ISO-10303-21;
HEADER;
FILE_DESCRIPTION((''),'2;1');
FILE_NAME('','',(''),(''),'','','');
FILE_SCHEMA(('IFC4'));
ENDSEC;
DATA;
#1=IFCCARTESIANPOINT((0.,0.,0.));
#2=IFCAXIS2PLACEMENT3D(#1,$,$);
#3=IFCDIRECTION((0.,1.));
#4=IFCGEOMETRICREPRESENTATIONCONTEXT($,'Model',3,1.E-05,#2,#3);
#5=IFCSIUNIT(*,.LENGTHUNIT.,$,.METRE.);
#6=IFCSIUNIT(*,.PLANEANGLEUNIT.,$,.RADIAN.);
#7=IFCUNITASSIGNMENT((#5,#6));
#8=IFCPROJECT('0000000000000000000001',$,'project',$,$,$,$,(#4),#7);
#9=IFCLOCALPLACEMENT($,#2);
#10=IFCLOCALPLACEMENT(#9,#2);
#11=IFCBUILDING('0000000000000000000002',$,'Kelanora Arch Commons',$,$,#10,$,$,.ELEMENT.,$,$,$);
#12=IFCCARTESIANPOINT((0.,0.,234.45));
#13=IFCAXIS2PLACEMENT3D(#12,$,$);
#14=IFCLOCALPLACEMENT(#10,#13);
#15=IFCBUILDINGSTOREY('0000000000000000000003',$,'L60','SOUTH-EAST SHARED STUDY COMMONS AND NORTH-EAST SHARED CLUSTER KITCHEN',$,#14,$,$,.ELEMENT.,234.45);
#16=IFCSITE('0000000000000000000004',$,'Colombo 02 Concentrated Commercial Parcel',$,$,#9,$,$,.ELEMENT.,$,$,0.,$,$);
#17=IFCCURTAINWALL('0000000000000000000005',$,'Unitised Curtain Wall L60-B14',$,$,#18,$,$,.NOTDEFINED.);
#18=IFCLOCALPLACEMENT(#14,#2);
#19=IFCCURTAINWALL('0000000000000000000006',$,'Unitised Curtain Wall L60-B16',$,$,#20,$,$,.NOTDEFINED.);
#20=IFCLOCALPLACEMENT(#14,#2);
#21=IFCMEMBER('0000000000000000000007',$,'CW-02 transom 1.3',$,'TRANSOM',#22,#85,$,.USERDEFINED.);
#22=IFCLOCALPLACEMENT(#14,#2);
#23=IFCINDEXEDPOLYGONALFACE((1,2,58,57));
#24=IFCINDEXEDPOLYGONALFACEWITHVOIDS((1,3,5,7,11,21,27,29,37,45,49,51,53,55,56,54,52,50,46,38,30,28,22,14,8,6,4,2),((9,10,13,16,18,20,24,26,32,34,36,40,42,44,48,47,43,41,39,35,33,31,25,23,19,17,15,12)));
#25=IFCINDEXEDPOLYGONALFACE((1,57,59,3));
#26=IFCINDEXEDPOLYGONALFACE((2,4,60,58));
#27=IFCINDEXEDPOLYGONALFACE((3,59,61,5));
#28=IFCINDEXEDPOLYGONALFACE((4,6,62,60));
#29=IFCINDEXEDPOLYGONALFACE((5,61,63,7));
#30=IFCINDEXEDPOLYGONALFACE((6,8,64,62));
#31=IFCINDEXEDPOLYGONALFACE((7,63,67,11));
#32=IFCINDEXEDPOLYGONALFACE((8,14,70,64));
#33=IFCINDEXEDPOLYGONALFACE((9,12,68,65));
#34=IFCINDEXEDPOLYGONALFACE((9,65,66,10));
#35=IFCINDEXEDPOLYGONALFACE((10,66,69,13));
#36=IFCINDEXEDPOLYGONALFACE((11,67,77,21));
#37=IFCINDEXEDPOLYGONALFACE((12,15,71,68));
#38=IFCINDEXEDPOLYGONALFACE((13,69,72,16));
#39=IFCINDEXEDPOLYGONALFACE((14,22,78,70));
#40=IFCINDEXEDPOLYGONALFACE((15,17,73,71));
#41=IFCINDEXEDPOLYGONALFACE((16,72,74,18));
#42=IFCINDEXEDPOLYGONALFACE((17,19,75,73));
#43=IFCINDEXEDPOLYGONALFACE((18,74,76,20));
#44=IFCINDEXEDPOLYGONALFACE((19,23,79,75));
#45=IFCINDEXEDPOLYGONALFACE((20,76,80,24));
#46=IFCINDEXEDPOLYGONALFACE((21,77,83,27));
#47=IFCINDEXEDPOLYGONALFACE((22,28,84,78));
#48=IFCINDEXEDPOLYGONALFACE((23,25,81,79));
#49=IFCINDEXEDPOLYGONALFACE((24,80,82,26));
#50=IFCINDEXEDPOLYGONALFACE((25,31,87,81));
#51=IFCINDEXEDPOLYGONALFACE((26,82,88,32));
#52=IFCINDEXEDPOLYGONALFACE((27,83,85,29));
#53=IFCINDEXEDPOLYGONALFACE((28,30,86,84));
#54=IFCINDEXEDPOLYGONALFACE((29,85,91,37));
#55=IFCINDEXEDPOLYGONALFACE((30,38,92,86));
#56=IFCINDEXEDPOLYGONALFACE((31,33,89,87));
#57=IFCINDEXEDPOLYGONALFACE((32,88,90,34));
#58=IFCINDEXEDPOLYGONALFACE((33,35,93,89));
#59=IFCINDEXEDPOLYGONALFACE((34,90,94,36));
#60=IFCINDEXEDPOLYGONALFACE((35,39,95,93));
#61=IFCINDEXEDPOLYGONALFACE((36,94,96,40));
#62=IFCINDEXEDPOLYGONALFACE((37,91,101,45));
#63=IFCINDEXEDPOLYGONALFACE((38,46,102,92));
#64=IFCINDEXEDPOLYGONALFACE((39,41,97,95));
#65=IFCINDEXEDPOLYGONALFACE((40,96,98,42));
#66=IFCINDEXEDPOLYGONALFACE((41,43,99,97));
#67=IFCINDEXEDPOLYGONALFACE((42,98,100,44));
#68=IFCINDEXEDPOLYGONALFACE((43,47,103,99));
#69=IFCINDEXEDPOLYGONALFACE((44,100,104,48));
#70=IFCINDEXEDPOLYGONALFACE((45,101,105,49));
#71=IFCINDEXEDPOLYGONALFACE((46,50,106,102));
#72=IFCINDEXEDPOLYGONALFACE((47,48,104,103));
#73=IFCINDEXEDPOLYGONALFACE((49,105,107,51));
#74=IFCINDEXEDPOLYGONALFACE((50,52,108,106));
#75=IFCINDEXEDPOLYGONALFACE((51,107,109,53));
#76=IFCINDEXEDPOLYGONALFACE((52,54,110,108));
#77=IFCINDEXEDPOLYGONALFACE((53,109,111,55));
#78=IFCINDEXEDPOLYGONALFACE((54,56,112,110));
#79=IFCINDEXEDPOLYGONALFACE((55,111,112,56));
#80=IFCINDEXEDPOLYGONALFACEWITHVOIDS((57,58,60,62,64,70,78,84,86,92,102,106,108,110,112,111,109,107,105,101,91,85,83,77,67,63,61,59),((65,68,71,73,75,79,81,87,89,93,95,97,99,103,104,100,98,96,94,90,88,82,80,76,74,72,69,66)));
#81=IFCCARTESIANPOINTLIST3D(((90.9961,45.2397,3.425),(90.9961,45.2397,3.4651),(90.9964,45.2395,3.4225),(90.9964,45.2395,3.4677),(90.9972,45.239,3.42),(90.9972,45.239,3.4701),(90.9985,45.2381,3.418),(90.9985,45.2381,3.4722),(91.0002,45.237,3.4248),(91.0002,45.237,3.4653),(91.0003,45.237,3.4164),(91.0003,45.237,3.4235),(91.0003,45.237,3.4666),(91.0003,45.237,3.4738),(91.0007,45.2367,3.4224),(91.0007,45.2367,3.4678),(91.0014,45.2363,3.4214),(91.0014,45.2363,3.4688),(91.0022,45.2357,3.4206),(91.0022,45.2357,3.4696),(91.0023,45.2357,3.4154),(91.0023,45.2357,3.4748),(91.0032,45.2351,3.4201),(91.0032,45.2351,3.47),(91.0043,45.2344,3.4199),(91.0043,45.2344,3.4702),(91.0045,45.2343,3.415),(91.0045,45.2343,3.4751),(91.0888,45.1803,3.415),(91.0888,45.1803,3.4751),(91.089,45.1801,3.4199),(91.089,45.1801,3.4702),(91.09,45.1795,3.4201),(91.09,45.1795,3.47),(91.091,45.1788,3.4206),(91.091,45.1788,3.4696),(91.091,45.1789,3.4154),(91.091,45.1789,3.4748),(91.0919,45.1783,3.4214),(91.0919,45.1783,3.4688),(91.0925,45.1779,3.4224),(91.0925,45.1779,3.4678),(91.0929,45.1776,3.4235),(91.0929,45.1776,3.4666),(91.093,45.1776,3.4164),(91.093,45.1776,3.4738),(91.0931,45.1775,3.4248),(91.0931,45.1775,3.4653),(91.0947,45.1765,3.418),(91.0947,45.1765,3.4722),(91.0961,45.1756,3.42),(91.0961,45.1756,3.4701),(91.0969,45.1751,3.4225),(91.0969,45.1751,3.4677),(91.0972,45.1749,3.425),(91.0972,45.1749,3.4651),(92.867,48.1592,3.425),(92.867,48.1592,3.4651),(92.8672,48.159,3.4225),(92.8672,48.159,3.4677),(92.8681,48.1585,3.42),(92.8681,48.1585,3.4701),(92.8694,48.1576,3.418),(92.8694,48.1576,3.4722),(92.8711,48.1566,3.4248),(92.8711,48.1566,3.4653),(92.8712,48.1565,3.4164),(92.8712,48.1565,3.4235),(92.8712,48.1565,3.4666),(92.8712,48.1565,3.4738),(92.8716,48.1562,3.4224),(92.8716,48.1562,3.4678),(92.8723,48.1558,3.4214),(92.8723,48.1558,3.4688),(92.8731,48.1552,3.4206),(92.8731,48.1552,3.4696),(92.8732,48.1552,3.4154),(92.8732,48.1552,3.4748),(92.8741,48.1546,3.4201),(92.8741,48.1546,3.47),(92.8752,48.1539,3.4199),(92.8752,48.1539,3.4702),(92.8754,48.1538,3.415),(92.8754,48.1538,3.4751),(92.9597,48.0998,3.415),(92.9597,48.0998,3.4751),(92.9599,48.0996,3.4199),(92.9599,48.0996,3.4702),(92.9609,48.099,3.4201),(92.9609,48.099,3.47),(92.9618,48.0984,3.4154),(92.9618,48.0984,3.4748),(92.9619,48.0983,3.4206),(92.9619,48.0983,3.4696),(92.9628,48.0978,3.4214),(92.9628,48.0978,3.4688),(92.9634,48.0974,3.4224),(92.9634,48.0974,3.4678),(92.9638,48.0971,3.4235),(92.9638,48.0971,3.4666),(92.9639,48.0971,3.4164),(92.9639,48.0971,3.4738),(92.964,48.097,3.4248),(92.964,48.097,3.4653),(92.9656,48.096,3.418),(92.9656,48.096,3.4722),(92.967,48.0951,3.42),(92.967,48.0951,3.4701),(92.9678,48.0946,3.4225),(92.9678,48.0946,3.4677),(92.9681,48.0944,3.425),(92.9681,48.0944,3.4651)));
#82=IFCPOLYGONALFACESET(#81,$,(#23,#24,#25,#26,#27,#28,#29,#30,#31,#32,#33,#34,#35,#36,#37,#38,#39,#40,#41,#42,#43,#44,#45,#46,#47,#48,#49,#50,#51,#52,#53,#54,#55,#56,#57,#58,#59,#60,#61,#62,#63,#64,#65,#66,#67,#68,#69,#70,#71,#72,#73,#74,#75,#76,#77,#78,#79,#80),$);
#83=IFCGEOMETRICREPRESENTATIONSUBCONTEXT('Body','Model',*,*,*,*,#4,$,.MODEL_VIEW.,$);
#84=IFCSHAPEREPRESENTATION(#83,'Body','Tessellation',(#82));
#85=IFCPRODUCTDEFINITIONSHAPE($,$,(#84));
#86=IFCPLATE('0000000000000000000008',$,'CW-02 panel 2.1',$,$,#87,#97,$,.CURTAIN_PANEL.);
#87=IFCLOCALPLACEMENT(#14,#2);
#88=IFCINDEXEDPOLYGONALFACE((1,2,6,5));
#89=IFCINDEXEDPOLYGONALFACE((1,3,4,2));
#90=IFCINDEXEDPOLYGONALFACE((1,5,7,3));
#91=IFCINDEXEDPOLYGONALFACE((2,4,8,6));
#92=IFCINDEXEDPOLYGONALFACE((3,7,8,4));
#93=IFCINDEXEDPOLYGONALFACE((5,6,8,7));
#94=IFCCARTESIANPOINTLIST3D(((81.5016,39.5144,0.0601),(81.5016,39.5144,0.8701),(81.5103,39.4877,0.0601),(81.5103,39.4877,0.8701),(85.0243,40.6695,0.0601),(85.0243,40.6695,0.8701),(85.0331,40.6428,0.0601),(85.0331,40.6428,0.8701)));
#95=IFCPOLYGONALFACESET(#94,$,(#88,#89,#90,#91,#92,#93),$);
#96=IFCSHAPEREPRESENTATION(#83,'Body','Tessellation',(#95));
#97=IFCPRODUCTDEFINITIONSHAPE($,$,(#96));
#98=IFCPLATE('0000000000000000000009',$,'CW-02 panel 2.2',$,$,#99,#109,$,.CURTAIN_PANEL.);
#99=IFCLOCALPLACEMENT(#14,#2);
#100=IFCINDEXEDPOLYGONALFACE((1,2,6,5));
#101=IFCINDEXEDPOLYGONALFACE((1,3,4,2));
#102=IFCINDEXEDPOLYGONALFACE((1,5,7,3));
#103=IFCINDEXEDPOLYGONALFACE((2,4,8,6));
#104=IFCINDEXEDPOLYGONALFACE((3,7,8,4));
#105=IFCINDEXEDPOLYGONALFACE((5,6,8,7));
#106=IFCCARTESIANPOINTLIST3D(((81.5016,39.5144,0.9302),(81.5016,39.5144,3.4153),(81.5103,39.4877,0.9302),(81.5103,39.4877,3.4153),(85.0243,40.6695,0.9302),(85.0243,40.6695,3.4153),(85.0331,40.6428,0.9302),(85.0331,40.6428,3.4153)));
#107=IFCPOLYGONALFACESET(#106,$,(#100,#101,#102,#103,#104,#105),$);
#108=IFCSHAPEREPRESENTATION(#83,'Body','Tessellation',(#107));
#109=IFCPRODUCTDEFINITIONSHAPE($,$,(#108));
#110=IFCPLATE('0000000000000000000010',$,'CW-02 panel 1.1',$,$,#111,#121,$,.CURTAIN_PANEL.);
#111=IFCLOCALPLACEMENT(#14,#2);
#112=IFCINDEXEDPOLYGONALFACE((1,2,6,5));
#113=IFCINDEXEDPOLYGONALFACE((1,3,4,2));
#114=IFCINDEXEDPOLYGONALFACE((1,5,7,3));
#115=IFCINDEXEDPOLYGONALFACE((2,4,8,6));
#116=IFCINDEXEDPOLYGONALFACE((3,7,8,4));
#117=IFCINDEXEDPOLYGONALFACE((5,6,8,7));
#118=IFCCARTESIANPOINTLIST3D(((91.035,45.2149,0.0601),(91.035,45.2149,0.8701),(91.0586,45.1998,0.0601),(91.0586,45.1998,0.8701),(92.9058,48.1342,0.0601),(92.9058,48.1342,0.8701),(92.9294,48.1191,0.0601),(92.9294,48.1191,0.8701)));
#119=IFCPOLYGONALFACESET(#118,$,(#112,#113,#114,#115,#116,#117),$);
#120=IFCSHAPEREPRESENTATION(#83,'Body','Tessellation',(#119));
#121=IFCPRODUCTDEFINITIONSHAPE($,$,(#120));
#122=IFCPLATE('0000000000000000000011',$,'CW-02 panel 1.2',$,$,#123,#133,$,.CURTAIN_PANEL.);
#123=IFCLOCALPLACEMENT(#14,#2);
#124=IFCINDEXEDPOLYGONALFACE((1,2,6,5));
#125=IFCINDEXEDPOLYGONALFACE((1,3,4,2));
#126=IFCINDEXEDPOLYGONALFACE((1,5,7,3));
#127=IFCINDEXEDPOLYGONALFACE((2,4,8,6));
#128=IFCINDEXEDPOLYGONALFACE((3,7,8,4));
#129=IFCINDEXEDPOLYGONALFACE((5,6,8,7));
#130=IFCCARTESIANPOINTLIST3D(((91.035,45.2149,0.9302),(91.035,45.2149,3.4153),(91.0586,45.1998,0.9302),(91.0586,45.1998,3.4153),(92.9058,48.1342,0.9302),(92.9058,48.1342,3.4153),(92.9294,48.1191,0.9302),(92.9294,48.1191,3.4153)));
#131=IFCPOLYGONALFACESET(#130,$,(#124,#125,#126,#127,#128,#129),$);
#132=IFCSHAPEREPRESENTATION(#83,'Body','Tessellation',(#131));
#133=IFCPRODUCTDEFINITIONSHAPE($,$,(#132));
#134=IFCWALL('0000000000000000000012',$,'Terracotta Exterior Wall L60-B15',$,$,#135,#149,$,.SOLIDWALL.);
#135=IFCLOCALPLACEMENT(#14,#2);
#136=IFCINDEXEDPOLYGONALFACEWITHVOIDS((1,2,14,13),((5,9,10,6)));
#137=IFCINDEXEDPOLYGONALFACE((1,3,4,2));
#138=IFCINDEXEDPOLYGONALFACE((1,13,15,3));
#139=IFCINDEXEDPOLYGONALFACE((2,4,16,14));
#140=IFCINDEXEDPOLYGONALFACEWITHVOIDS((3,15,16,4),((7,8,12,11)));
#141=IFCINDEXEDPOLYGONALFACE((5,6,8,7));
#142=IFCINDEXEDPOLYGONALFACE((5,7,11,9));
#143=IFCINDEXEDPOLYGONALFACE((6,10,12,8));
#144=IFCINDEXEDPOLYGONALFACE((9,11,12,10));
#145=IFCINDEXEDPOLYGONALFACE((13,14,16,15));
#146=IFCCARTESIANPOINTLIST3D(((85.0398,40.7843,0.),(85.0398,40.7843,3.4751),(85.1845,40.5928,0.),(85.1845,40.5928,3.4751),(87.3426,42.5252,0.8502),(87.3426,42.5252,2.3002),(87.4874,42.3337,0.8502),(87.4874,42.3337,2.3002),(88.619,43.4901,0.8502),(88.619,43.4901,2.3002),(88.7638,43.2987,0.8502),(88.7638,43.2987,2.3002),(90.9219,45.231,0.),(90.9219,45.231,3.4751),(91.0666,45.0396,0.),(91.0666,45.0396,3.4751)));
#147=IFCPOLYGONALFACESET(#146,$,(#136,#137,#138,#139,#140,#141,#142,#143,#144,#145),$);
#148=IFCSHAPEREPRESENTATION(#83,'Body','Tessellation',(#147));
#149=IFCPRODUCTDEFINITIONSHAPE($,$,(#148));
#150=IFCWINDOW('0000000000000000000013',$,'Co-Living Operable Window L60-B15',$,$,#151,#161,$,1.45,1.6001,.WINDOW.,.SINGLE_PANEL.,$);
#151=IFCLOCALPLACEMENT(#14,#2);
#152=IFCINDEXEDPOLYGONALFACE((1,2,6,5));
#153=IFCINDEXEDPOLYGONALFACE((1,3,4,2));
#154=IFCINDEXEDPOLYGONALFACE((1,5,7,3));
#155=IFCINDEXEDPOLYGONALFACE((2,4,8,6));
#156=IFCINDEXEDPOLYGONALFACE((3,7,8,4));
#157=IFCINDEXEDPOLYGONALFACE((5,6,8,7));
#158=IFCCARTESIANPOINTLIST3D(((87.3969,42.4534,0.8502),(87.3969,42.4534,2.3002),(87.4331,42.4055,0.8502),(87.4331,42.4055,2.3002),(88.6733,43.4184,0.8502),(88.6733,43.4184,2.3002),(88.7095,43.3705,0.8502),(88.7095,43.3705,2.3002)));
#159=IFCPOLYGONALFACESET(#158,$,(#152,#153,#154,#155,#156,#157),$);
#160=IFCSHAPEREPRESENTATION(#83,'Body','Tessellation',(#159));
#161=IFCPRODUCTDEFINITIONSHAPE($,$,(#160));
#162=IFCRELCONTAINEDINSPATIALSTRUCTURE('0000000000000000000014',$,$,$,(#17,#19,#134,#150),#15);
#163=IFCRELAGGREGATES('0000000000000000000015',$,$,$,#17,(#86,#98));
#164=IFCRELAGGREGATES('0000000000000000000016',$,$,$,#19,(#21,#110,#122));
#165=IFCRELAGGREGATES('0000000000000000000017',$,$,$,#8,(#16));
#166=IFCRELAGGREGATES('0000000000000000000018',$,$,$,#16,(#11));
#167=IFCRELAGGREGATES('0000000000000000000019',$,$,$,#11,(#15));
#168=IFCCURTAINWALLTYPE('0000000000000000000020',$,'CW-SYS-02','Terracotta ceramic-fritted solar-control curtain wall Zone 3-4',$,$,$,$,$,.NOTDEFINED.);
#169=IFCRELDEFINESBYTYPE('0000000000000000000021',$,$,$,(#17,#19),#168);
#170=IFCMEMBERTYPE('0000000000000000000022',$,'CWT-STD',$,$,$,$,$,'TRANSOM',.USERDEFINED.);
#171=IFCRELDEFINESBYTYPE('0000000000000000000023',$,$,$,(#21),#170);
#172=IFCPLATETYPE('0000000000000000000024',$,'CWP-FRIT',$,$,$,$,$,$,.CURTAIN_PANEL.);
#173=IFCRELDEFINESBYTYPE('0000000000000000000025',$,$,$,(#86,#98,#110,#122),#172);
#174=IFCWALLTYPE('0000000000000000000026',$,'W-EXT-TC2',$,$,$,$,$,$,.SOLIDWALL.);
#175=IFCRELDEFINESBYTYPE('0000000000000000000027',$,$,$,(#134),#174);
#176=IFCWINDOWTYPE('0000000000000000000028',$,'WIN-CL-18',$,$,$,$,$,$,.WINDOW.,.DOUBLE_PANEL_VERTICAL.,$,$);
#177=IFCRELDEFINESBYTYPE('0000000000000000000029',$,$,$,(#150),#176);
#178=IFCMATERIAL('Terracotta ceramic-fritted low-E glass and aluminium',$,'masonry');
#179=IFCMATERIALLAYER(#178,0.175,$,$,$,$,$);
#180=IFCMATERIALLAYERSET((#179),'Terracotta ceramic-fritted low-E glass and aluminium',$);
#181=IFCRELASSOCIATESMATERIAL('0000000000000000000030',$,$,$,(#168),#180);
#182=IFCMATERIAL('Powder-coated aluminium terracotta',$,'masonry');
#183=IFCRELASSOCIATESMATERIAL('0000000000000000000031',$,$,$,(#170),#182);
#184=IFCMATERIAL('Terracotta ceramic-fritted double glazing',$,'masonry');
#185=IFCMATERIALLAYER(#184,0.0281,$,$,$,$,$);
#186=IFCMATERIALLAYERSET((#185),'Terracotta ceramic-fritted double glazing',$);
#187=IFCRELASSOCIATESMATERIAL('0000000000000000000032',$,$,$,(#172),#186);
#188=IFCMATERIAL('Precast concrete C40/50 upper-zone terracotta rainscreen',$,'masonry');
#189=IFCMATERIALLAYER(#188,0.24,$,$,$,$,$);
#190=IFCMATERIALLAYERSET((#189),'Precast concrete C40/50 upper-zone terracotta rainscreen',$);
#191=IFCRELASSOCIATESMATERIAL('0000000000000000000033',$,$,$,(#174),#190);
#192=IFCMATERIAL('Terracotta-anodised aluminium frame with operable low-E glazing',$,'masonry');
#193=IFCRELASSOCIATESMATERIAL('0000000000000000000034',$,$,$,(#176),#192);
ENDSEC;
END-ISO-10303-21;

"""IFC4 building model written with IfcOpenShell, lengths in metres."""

from ifc_helpers import new_model, si_unit, direction, frame, frame_2d, origin, origin_2d, place, context, subcontext, project, spatial, rectangle, hollow_rectangle, extrude, source, transform, mapped, material, layer, layer_set, material_profile, profile_set, type_object, element, fill, aggregate, save


model = new_model("IFC4")

# Units and contexts
model_context = context("Model", 3, precision=1e-05, world=origin(), true_north=direction((0.0, 1.0)))
body_context = subcontext(model_context, "Body", "Model", "MODEL_VIEW")
ifc_project = project(units=[si_unit("LENGTHUNIT", "METRE"), si_unit("PLANEANGLEUNIT", "RADIAN")], contexts=[model_context])

# Site, building, storey
site_placement = place(None, origin())
site = spatial("IfcSite", under=ifc_project, at=site_placement, Name="Colombo 02 Concentrated Commercial Parcel", CompositionType="ELEMENT", RefElevation=0.0)
building_placement = place(site_placement, origin())
building = spatial("IfcBuilding", under=site, at=building_placement, Name="Kelanora Arch Commons", CompositionType="ELEMENT")
storey_placement = place(building_placement, frame((0.0, 0.0, 234.45)))
storey = spatial("IfcBuildingStorey", under=building, at=storey_placement, Name="L60", Description="SOUTH-EAST SHARED STUDY COMMONS AND NORTH-EAST SHARED CLUSTER KITCHEN", CompositionType="ELEMENT", Elevation=234.45)

# Curtain wall
ifc_material_1 = material(Name="Terracotta ceramic-fritted low-E glass and aluminium", Category="masonry")
ifc_layer_1 = layer(ifc_material_1, 0.175)
ifc_layer_set_1 = layer_set([ifc_layer_1], Name="Terracotta ceramic-fritted low-E glass and aluminium")
curtain_wall_type = type_object("IfcCurtainWallType", Name="CW-SYS-02", Description="Terracotta ceramic-fritted solar-control curtain wall Zone 3-4", PredefinedType="NOTDEFINED", material=ifc_layer_set_1)
curtain_wall_1_placement = place(storey_placement, origin())
curtain_wall_1 = element("IfcCurtainWall", 1, at=curtain_wall_1_placement, inside=storey, type_object=curtain_wall_type, Name="Unitised Curtain Wall L60-B14", PredefinedType="NOTDEFINED")
ifc_material_2 = material(Name="Powder-coated aluminium terracotta", Category="masonry")

# Curtain wall, member
curtain_wall_2_placement = place(storey_placement, origin())
curtain_wall_2 = element("IfcCurtainWall", 2, at=curtain_wall_2_placement, inside=storey, type_object=curtain_wall_type, Name="Unitised Curtain Wall L60-B16", PredefinedType="NOTDEFINED")
ifc_material_profile_1 = material_profile(ifc_material_2, hollow_rectangle(XDim=0.1201, YDim=0.0601, WallThickness=0.0049, InnerFilletRadius=0.0049, OuterFilletRadius=0.01, at=origin_2d()), Name="CWT120x60")
ifc_profile_set_1 = profile_set([ifc_material_profile_1], Name="Powder-coated aluminium terracotta")
member_type_1 = type_object("IfcMemberType", Name="CWT-STD", ElementType="TRANSOM", PredefinedType="USERDEFINED", material=ifc_profile_set_1)
member_1_placement = place(storey_placement, frame((91.0466, 45.2073, 3.4451), z_axis=(0.539547, 0.841955, 0.0), x_axis=(-0.841955, 0.539547, 0.0)))
member_1 = element("IfcMember", 3, at=member_1_placement, type_object=member_type_1, Name="CW-02 transom 1.3", ObjectType="TRANSOM", PredefinedType="USERDEFINED", context=body_context, shape_type="SweptSolid", body=[
    extrude(hollow_rectangle(XDim=0.1201, YDim=0.0601, WallThickness=0.0049, InnerFilletRadius=0.0049, OuterFilletRadius=0.01, at=origin_2d()), origin(), (0.0, 0.0, 1.0), 3.4675),
])

# Plates
ifc_material_3 = material(Name="Terracotta ceramic-fritted double glazing", Category="masonry")
ifc_layer_2 = layer(ifc_material_3, 0.0281)
ifc_layer_set_2 = layer_set([ifc_layer_2], Name="Terracotta ceramic-fritted double glazing")
plate_type = type_object("IfcPlateType", Name="CWP-FRIT", PredefinedType="CURTAIN_PANEL", material=ifc_layer_set_2)
shared_shape_1 = source(origin(), body_context, "Body", "SweptSolid", [
    extrude(rectangle(XDim=3.7073, YDim=0.0281, at=origin_2d()), origin(), (0.0, 0.0, 1.0), 0.8101),
])
plate_1_placement = place(storey_placement, frame((83.2673, 40.0786, 0.0601), z_axis=(0.0, 0.0, 1.0), x_axis=(0.950219, 0.311582, 0.0)))
plate_1 = element("IfcPlate", 4, at=plate_1_placement, type_object=plate_type, Name="CW-02 panel 2.1", PredefinedType="CURTAIN_PANEL", context=body_context, shape_type="MappedRepresentation", body=[
    mapped(shared_shape_1, transform((0.0, 0.0, 0.0), scale=1.0)),
])
shared_shape_2 = source(origin(), body_context, "Body", "SweptSolid", [
    extrude(rectangle(XDim=3.7073, YDim=0.0281, at=origin_2d()), origin(), (0.0, 0.0, 1.0), 2.4851),
])
plate_2_placement = place(storey_placement, frame((83.2673, 40.0786, 0.9302), z_axis=(0.0, 0.0, 1.0), x_axis=(0.950219, 0.311582, 0.0)))
plate_2 = element("IfcPlate", 5, at=plate_2_placement, type_object=plate_type, Name="CW-02 panel 2.2", PredefinedType="CURTAIN_PANEL", context=body_context, shape_type="MappedRepresentation", body=[
    mapped(shared_shape_2, transform((0.0, 0.0, 0.0), scale=1.0)),
])
aggregate(curtain_wall_1, [plate_1, plate_2])
shared_shape_3 = source(origin(), body_context, "Body", "SweptSolid", [
    extrude(rectangle(XDim=3.4673, YDim=0.0281, at=origin_2d()), origin(), (0.0, 0.0, 1.0), 0.8101),
])
plate_3_placement = place(storey_placement, frame((91.9822, 46.667, 0.0601), z_axis=(0.0, 0.0, 1.0), x_axis=(0.539559, 0.841948, 0.0)))
plate_3 = element("IfcPlate", 6, at=plate_3_placement, type_object=plate_type, Name="CW-02 panel 1.1", PredefinedType="CURTAIN_PANEL", context=body_context, shape_type="MappedRepresentation", body=[
    mapped(shared_shape_3, transform((0.0, 0.0, 0.0), scale=1.0)),
])
shared_shape_4 = source(origin(), body_context, "Body", "SweptSolid", [
    extrude(rectangle(XDim=3.4673, YDim=0.0281, at=origin_2d()), origin(), (0.0, 0.0, 1.0), 2.4851),
])
plate_4_placement = place(storey_placement, frame((91.9822, 46.667, 0.9302), z_axis=(0.0, 0.0, 1.0), x_axis=(0.539559, 0.841948, 0.0)))
plate_4 = element("IfcPlate", 7, at=plate_4_placement, type_object=plate_type, Name="CW-02 panel 1.2", PredefinedType="CURTAIN_PANEL", context=body_context, shape_type="MappedRepresentation", body=[
    mapped(shared_shape_4, transform((0.0, 0.0, 0.0), scale=1.0)),
])
aggregate(curtain_wall_2, [member_1, plate_3, plate_4])

# Wall, opening, window
ifc_material_4 = material(Name="Precast concrete C40/50 upper-zone terracotta rainscreen", Category="masonry")
ifc_layer_3 = layer(ifc_material_4, 0.24)
ifc_layer_set_3 = layer_set([ifc_layer_3], Name="Precast concrete C40/50 upper-zone terracotta rainscreen")
wall_type = type_object("IfcWallType", Name="W-EXT-TC2", PredefinedType="SOLIDWALL", material=ifc_layer_set_3)
wall_placement = place(storey_placement, frame((85.1121, 40.6885, 0.0), z_axis=(0.0, 0.0, 1.0), x_axis=(0.797702, 0.603052, 0.0)))
wall = element("IfcWall", 8, at=wall_placement, inside=storey, type_object=wall_type, Name="Terracotta Exterior Wall L60-B15", PredefinedType="SOLIDWALL", context=body_context, shape_type="SweptSolid", body=[
    extrude(rectangle(XDim=7.3738, YDim=0.24, at=frame_2d((3.687, 0.0))), origin(), (0.0, 0.0, 1.0), 3.4751),
])
opening_placement = place(wall_placement, frame((2.887, 0.0, 0.8501)))
opening = element("IfcOpeningElement", 9, at=opening_placement, cuts=wall, PredefinedType="OPENING", context=body_context, shape_type="SweptSolid", body=[
    extrude(rectangle(XDim=1.6001, YDim=1.45, at=frame_2d((0.8, 0.7251))), frame((0.0, 0.1299, 0.0), z_axis=(0.0, -1.0, 0.0), x_axis=(1.0, 0.0, 0.0)), (0.0, 0.0, 1.0), 0.26),
])
ifc_material_5 = material(Name="Terracotta-anodised aluminium frame with operable low-E glazing", Category="masonry")
window_type = type_object("IfcWindowType", Name="WIN-CL-18", PartitioningType="DOUBLE_PANEL_VERTICAL", PredefinedType="WINDOW", material=ifc_material_5)
window_placement = place(opening_placement, origin())
window = element("IfcWindow", 10, at=window_placement, inside=storey, type_object=window_type, Name="Co-Living Operable Window L60-B15", OverallHeight=1.45, OverallWidth=1.6001, PartitioningType="SINGLE_PANEL", PredefinedType="WINDOW", context=body_context, shape_type="SweptSolid", body=[
    extrude(rectangle(XDim=1.6001, YDim=1.45, at=frame_2d((0.8, 0.7251))), frame((0.0, 0.03, 0.0), z_axis=(0.0, -1.0, 0.0), x_axis=(1.0, 0.0, 0.0)), (0.0, 0.0, 1.0), 0.0601),
])
fill(opening, window)

save(model, "model.ifc")
